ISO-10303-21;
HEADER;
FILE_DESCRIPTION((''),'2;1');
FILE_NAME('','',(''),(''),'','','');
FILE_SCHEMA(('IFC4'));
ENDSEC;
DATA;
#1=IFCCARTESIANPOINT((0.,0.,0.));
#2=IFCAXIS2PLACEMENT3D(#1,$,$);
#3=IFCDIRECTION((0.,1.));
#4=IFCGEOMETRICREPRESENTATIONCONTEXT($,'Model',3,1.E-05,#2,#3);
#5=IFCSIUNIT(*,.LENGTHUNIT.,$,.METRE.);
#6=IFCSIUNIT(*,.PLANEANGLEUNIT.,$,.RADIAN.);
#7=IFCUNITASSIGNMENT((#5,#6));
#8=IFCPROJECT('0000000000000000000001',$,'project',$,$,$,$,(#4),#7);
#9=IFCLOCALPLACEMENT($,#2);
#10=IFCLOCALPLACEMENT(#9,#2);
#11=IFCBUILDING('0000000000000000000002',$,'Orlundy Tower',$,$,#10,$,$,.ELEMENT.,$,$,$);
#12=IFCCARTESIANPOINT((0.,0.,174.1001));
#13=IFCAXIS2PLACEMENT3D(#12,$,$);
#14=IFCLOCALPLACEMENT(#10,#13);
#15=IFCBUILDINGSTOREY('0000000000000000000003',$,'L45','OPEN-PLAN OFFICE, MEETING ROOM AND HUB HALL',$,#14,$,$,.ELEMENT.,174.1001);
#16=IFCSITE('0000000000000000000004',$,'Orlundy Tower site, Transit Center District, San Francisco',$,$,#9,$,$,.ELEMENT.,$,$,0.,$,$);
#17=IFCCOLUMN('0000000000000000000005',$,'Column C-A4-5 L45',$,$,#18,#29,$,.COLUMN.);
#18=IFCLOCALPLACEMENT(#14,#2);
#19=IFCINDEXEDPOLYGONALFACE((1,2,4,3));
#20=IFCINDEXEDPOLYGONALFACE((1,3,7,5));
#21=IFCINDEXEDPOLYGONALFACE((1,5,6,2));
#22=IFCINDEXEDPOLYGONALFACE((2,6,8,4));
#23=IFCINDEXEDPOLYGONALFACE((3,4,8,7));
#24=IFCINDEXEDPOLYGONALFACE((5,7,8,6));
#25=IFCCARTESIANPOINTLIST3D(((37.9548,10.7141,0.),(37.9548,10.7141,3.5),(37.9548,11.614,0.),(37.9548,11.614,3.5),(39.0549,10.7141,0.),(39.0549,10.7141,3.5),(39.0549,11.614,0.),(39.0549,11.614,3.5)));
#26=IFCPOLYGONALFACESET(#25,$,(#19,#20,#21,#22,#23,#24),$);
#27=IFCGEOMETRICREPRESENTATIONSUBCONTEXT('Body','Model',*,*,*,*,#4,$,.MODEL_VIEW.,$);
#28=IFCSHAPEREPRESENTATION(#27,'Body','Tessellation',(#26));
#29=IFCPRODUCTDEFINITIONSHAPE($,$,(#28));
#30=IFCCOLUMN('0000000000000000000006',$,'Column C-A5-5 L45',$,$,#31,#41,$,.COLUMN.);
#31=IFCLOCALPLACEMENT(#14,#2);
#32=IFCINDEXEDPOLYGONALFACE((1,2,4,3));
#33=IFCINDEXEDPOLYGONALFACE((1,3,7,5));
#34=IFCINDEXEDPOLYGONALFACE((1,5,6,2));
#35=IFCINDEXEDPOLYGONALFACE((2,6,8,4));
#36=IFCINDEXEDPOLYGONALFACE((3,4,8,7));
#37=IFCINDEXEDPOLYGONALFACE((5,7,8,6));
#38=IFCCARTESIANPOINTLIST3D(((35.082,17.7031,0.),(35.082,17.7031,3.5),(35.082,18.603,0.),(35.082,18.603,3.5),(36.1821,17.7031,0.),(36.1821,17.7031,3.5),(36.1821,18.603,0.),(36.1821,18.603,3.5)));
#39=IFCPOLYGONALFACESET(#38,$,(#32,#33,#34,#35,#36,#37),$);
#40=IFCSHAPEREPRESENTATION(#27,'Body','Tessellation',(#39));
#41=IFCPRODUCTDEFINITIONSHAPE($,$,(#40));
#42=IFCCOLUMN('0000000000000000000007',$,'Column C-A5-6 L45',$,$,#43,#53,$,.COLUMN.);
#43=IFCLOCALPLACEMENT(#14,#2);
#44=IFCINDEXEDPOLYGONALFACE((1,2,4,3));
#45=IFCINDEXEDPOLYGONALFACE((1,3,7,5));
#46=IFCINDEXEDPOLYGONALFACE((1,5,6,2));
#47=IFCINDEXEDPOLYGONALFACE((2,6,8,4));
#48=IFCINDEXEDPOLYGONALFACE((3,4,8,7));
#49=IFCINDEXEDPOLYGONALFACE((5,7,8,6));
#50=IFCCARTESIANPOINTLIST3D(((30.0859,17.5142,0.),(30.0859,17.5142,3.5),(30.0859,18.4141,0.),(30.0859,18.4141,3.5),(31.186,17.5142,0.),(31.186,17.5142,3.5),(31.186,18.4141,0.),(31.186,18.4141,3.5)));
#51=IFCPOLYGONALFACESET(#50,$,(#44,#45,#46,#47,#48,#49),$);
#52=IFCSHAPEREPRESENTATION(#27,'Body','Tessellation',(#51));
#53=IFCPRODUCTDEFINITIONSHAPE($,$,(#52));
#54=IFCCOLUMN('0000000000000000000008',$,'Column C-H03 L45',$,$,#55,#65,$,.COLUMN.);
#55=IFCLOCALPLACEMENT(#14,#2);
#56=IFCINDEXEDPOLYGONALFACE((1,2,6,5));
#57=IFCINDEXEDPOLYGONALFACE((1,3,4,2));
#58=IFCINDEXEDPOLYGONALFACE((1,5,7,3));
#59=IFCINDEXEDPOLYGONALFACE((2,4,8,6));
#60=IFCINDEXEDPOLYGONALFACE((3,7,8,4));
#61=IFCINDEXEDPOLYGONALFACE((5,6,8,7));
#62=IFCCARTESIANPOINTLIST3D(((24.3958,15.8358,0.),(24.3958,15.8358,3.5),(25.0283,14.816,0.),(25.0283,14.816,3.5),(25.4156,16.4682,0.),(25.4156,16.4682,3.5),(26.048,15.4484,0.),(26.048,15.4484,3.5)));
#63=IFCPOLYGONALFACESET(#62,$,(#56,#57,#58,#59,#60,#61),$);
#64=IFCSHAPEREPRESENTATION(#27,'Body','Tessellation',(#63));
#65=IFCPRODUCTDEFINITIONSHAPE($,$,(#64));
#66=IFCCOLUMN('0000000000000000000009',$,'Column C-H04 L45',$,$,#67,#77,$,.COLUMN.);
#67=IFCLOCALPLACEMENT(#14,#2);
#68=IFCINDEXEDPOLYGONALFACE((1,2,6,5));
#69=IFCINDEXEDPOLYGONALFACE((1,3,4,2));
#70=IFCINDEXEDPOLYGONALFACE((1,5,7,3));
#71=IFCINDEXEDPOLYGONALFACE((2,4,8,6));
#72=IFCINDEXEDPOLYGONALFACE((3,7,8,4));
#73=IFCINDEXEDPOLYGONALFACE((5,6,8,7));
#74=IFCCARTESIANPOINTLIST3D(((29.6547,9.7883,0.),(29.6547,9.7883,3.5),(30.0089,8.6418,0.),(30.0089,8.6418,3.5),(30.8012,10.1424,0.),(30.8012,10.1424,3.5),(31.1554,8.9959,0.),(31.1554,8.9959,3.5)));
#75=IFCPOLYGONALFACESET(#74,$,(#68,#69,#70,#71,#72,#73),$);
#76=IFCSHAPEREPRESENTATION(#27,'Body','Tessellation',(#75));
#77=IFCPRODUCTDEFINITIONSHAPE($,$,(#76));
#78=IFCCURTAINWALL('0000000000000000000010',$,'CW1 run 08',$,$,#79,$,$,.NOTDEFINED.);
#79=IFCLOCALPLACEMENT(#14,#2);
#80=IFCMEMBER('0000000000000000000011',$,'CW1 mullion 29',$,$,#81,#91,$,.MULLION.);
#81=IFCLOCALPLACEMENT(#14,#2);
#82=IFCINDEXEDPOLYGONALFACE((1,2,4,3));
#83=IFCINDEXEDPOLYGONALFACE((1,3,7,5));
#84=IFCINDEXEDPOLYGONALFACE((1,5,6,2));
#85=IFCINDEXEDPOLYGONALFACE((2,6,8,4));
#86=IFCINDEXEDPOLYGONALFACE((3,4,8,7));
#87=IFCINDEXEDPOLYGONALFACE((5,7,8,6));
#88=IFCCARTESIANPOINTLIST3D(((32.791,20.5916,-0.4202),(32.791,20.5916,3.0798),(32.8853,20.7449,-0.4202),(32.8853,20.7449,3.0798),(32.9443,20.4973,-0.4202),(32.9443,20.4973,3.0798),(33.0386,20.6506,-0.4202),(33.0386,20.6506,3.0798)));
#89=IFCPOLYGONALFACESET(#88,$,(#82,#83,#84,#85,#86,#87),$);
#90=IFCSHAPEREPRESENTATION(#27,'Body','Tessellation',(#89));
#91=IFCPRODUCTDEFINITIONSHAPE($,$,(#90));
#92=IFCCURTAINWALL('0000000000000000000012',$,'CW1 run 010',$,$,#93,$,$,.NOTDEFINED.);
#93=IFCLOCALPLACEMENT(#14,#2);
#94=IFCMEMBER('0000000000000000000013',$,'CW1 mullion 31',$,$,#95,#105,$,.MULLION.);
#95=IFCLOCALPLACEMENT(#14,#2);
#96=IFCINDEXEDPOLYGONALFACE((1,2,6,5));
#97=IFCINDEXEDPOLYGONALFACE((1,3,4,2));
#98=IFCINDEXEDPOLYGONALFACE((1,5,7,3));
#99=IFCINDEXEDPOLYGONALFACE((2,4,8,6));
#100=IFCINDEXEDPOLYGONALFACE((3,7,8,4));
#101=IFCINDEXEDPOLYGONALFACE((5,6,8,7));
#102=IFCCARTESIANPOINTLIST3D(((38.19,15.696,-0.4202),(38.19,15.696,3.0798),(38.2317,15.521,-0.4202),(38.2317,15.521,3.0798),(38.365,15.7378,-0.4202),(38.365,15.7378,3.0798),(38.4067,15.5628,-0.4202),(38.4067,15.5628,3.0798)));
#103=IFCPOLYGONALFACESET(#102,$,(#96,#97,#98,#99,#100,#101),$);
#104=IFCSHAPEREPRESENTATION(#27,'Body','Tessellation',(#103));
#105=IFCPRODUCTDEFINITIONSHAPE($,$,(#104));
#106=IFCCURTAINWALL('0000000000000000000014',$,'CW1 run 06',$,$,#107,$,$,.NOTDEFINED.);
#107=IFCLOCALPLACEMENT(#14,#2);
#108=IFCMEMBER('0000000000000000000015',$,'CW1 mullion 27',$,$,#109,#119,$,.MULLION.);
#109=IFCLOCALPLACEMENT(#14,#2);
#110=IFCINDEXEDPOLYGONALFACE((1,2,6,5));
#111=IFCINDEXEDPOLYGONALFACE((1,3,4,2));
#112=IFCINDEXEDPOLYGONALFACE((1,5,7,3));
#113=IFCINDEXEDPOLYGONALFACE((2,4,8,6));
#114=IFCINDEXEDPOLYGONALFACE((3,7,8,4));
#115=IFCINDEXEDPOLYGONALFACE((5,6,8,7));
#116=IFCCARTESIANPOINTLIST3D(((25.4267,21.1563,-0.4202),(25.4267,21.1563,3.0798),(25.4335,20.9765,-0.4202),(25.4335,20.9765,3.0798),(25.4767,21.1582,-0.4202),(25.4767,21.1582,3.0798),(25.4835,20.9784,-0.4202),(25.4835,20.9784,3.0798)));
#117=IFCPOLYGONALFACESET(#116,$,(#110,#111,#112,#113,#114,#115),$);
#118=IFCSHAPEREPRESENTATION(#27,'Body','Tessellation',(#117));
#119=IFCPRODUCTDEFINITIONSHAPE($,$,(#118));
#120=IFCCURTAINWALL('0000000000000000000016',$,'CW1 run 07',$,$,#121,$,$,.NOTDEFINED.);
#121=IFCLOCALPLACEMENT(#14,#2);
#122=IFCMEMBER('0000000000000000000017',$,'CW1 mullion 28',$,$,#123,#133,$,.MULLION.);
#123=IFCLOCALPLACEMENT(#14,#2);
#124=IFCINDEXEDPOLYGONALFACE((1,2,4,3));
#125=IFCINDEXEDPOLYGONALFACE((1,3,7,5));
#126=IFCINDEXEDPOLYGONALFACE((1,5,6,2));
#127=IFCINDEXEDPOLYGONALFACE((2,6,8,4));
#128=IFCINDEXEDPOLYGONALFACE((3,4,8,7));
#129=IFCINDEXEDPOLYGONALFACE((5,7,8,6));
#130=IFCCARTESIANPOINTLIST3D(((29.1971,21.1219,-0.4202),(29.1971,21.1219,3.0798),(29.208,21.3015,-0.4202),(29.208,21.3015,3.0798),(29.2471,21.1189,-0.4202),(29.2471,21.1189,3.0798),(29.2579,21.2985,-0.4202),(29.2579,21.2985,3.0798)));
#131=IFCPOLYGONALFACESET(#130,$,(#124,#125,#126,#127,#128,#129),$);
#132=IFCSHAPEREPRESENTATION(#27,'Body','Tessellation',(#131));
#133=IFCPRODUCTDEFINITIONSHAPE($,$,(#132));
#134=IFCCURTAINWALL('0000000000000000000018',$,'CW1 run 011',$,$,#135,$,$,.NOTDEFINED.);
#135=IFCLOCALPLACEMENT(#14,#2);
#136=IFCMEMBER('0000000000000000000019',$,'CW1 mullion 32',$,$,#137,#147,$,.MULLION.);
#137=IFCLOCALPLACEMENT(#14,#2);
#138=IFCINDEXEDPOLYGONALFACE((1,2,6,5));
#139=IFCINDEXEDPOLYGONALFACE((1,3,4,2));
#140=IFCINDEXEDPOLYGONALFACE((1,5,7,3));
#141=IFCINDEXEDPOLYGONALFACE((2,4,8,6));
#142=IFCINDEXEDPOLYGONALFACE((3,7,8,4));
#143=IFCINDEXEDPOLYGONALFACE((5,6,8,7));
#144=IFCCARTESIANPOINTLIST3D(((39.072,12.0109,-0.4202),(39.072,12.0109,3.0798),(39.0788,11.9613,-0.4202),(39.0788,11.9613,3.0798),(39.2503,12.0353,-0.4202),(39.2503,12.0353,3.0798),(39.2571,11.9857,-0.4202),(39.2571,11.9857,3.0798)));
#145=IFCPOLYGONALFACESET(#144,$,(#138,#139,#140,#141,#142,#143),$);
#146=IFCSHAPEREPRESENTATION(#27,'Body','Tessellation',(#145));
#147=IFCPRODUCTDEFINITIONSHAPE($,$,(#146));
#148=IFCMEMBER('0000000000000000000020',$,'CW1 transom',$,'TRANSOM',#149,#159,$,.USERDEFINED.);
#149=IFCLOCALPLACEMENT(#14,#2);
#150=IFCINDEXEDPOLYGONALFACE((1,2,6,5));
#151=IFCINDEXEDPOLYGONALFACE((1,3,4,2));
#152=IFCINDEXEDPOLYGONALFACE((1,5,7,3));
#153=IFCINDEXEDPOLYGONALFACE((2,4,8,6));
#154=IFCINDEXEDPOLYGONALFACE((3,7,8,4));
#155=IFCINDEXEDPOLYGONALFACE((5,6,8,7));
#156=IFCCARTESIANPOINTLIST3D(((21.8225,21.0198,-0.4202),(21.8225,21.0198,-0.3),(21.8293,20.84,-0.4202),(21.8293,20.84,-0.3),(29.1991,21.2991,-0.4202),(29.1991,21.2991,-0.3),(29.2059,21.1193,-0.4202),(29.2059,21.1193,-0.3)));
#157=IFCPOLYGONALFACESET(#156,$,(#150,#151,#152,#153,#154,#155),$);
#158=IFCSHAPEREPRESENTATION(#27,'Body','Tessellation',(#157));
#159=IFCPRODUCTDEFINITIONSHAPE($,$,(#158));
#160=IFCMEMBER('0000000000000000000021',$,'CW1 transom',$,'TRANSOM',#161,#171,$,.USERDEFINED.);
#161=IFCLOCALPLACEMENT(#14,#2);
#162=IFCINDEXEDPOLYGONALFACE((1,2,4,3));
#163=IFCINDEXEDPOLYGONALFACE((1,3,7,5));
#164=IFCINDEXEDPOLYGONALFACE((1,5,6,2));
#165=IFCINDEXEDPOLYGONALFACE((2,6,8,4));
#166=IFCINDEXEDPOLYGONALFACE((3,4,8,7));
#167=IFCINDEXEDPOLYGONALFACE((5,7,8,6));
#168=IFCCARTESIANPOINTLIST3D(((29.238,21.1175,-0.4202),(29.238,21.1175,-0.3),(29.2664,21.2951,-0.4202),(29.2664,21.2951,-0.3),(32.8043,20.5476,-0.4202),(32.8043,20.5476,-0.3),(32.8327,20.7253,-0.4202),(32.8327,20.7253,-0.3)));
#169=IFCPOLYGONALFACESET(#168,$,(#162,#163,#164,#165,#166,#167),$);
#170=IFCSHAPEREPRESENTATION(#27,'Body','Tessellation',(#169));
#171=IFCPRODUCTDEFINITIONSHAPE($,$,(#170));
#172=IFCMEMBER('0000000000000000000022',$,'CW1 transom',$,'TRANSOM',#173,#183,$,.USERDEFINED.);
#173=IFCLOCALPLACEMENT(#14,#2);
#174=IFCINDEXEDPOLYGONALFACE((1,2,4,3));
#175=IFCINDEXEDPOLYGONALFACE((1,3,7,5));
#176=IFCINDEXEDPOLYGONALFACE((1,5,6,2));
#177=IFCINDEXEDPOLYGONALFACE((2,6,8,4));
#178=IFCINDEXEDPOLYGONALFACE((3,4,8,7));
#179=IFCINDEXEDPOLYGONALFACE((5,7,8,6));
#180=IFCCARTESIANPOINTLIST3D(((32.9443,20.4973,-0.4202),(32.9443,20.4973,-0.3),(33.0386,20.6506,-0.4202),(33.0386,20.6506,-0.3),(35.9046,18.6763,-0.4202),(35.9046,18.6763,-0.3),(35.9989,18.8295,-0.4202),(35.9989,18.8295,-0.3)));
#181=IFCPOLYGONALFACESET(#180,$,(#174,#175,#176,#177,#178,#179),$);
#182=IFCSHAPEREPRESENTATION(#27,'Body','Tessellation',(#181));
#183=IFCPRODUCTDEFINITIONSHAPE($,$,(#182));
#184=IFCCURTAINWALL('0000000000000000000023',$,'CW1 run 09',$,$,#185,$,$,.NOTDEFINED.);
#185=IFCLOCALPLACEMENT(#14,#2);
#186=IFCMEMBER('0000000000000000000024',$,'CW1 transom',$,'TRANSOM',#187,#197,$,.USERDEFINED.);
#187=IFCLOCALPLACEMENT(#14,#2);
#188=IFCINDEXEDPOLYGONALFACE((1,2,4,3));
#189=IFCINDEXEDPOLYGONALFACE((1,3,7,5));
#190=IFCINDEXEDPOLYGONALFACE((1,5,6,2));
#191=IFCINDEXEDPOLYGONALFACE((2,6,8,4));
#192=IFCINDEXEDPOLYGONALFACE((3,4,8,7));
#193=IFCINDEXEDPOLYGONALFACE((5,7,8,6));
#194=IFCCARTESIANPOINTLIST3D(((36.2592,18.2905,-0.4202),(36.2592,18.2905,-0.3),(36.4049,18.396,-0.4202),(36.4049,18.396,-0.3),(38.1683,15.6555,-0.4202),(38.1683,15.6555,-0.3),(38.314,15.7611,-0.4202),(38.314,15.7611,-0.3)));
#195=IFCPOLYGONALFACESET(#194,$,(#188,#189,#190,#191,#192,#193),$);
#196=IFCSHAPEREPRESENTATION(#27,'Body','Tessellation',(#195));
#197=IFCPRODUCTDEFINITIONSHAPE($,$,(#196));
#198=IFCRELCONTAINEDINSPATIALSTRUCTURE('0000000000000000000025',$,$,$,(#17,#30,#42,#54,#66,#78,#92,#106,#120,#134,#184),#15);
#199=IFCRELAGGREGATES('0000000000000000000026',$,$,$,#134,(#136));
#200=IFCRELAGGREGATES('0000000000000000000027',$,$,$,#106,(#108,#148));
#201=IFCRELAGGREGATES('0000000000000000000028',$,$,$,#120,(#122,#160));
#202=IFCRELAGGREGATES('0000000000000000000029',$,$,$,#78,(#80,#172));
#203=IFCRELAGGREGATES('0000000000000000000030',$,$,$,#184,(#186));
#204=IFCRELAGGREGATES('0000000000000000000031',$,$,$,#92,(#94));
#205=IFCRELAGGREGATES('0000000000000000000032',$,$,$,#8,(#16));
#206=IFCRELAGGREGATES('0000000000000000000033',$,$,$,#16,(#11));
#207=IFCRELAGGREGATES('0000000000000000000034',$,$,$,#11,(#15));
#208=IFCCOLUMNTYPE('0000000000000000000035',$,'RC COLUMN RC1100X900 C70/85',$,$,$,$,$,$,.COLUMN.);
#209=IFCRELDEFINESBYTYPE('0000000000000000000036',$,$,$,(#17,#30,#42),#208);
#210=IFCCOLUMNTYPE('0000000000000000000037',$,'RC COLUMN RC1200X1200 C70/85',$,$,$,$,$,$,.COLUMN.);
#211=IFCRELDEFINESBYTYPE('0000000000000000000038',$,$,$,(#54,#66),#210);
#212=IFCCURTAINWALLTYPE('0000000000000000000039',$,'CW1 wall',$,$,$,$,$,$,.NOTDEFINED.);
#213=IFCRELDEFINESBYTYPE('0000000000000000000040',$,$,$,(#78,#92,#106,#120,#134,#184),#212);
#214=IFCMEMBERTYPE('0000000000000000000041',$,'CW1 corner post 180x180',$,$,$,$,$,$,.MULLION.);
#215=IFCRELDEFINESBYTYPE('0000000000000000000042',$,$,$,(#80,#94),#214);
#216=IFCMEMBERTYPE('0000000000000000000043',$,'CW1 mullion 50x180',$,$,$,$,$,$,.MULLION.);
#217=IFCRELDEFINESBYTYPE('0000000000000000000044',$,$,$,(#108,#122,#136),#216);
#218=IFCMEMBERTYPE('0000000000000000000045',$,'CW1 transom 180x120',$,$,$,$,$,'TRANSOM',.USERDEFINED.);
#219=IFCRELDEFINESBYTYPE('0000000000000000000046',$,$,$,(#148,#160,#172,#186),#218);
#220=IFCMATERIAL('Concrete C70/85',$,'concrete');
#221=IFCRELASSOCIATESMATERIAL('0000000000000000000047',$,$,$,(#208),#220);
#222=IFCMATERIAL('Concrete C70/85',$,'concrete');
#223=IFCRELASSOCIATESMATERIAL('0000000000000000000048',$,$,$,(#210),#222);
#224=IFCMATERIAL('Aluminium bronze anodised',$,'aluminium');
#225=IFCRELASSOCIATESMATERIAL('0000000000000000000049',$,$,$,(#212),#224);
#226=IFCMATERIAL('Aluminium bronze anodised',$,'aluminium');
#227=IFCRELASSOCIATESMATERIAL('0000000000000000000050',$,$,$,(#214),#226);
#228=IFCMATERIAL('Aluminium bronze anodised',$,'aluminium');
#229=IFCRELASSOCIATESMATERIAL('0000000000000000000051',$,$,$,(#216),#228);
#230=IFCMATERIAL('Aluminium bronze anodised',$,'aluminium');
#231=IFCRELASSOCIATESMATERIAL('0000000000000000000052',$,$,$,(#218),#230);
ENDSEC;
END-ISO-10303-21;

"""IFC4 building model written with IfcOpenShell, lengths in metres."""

from ifc_helpers import new_model, si_unit, direction, frame, origin, origin_2d, place, context, subcontext, project, spatial, rectangle, extrude, material, material_profile, profile_set, type_object, element, aggregate, save


model = new_model("IFC4")

# Units and contexts
model_context = context("Model", 3, precision=1e-05, world=origin(), true_north=direction((0.0, 1.0)))
body_context = subcontext(model_context, "Body", "Model", "MODEL_VIEW")
ifc_project = project(units=[si_unit("LENGTHUNIT", "METRE"), si_unit("PLANEANGLEUNIT", "RADIAN")], contexts=[model_context])

# Site, building, storey
site_placement = place(None, origin())
site = spatial("IfcSite", under=ifc_project, at=site_placement, Name="Orlundy Tower site, Transit Center District, San Francisco", CompositionType="ELEMENT", RefElevation=0.0)
building_placement = place(site_placement, origin())
building = spatial("IfcBuilding", under=site, at=building_placement, Name="Orlundy Tower", CompositionType="ELEMENT")
storey_placement = place(building_placement, frame((0.0, 0.0, 174.1001)))
storey = spatial("IfcBuildingStorey", under=building, at=storey_placement, Name="L45", Description="OPEN-PLAN OFFICE, MEETING ROOM AND HUB HALL", CompositionType="ELEMENT", Elevation=174.1001)

# Columns
ifc_material_1 = material(Name="Concrete C70/85", Category="concrete")
ifc_material_profile_1 = material_profile(ifc_material_1, rectangle(XDim=1.1001, YDim=0.8999, at=origin_2d()), Name="RC1100X900")
ifc_profile_set_1 = profile_set([ifc_material_profile_1], Name="Concrete C70/85")
column_type_1 = type_object("IfcColumnType", Name="RC COLUMN RC1100X900 C70/85", PredefinedType="COLUMN", material=ifc_profile_set_1)
for number, where, z_axis, x_axis, name in (
    (1, (38.5049, 11.1641, 0.0), (0.0, 0.0, 1.0), (1.0, 0.0, 0.0), "Column C-A4-5 L45"),
    (2, (35.6321, 18.1531, 0.0), (0.0, 0.0, 1.0), (1.0, 0.0, 0.0), "Column C-A5-5 L45"),
    (3, (30.636, 17.9641, 0.0), (0.0, 0.0, 1.0), (1.0, 0.0, 0.0), "Column C-A5-6 L45"),
):
    element("IfcColumn", number, at=place(storey_placement, frame(where, z_axis=z_axis, x_axis=x_axis)), inside=storey, type_object=column_type_1, Name=name, PredefinedType="COLUMN", context=body_context, shape_type="SweptSolid", body=[
        extrude(rectangle(XDim=1.1001, YDim=0.8999, at=origin_2d()), origin(), (0.0, 0.0, 1.0), 3.5),
    ])
ifc_material_2 = material(Name="Concrete C70/85", Category="concrete")
ifc_material_profile_2 = material_profile(ifc_material_2, rectangle(XDim=1.2, YDim=1.2, at=origin_2d()), Name="RC1200X1200")
ifc_profile_set_2 = profile_set([ifc_material_profile_2], Name="Concrete C70/85")
column_type_2 = type_object("IfcColumnType", Name="RC COLUMN RC1200X1200 C70/85", PredefinedType="COLUMN", material=ifc_profile_set_2)
for number, where, z_axis, x_axis, name in (
    (4, (25.2219, 15.6421, 0.0), (0.0, 0.0, 1.0), (0.849838, 0.527045, 0.0), "Column C-H03 L45"),
    (5, (30.405, 9.3921, 0.0), (0.0, 0.0, 1.0), (0.955454, 0.295141, 0.0), "Column C-H04 L45"),
):
    element("IfcColumn", number, at=place(storey_placement, frame(where, z_axis=z_axis, x_axis=x_axis)), inside=storey, type_object=column_type_2, Name=name, PredefinedType="COLUMN", context=body_context, shape_type="SweptSolid", body=[
        extrude(rectangle(XDim=1.2, YDim=1.2, at=origin_2d()), origin(), (0.0, 0.0, 1.0), 3.5),
    ])

# Curtain walls, members
ifc_material_3 = material(Name="Aluminium bronze anodised", Category="aluminium")
curtain_wall_type = type_object("IfcCurtainWallType", Name="CW1 wall", PredefinedType="NOTDEFINED", material=ifc_material_3)
curtain_wall_1_placement = place(storey_placement, origin())
curtain_wall_1 = element("IfcCurtainWall", 6, at=curtain_wall_1_placement, inside=storey, type_object=curtain_wall_type, Name="CW1 run 08", PredefinedType="NOTDEFINED")
ifc_material_4 = material(Name="Aluminium bronze anodised", Category="aluminium")
ifc_material_profile_3 = material_profile(ifc_material_4, rectangle(XDim=0.1799, YDim=0.1799, at=origin_2d()), Name="CW1 corner post 180x180")
ifc_profile_set_3 = profile_set([ifc_material_profile_3], Name="Aluminium bronze anodised")
member_type_1 = type_object("IfcMemberType", Name="CW1 corner post 180x180", PredefinedType="MULLION", material=ifc_profile_set_3)
member_1_placement = place(storey_placement, frame((32.9148, 20.6211, -0.4202), z_axis=(0.0, 0.0, 1.0), x_axis=(0.523947, 0.851751, 0.0)))
member_1 = element("IfcMember", 7, at=member_1_placement, type_object=member_type_1, Name="CW1 mullion 29", PredefinedType="MULLION", context=body_context, shape_type="SweptSolid", body=[
    extrude(rectangle(XDim=0.1799, YDim=0.1799, at=origin_2d()), origin(), (0.0, 0.0, 1.0), 3.5),
])
curtain_wall_2_placement = place(storey_placement, origin())
curtain_wall_2 = element("IfcCurtainWall", 8, at=curtain_wall_2_placement, inside=storey, type_object=curtain_wall_type, Name="CW1 run 010", PredefinedType="NOTDEFINED")
member_2_placement = place(storey_placement, frame((38.2983, 15.6294, -0.4202), z_axis=(0.0, 0.0, 1.0), x_axis=(0.972705, 0.232046, 0.0)))
member_2 = element("IfcMember", 9, at=member_2_placement, type_object=member_type_1, Name="CW1 mullion 31", PredefinedType="MULLION", context=body_context, shape_type="SweptSolid", body=[
    extrude(rectangle(XDim=0.1799, YDim=0.1799, at=origin_2d()), origin(), (0.0, 0.0, 1.0), 3.5),
])
curtain_wall_3_placement = place(storey_placement, origin())
curtain_wall_3 = element("IfcCurtainWall", 10, at=curtain_wall_3_placement, inside=storey, type_object=curtain_wall_type, Name="CW1 run 06", PredefinedType="NOTDEFINED")
ifc_material_5 = material(Name="Aluminium bronze anodised", Category="aluminium")
ifc_material_profile_4 = material_profile(ifc_material_5, rectangle(XDim=0.1799, YDim=0.05, at=origin_2d()), Name="CW1 mullion 50x180")
ifc_profile_set_4 = profile_set([ifc_material_profile_4], Name="Aluminium bronze anodised")
member_type_2 = type_object("IfcMemberType", Name="CW1 mullion 50x180", PredefinedType="MULLION", material=ifc_profile_set_4)
member_3_placement = place(storey_placement, frame((25.4551, 21.0674, -0.4202), z_axis=(0.0, 0.0, 1.0), x_axis=(-0.037837, 0.999284, 0.0)))
member_3 = element("IfcMember", 11, at=member_3_placement, type_object=member_type_2, Name="CW1 mullion 27", PredefinedType="MULLION", context=body_context, shape_type="SweptSolid", body=[
    extrude(rectangle(XDim=0.1799, YDim=0.05, at=origin_2d()), origin(), (0.0, 0.0, 1.0), 3.5),
])
curtain_wall_4_placement = place(storey_placement, origin())
curtain_wall_4 = element("IfcCurtainWall", 12, at=curtain_wall_4_placement, inside=storey, type_object=curtain_wall_type, Name="CW1 run 07", PredefinedType="NOTDEFINED")
member_4_placement = place(storey_placement, frame((29.2275, 21.2102, -0.4202), z_axis=(0.0, 0.0, 1.0), x_axis=(0.060267, 0.998182, 0.0)))
member_4 = element("IfcMember", 13, at=member_4_placement, type_object=member_type_2, Name="CW1 mullion 28", PredefinedType="MULLION", context=body_context, shape_type="SweptSolid", body=[
    extrude(rectangle(XDim=0.1799, YDim=0.05, at=origin_2d()), origin(), (0.0, 0.0, 1.0), 3.5),
])
curtain_wall_5_placement = place(storey_placement, origin())
curtain_wall_5 = element("IfcCurtainWall", 14, at=curtain_wall_5_placement, inside=storey, type_object=curtain_wall_type, Name="CW1 run 011", PredefinedType="NOTDEFINED")
member_5_placement = place(storey_placement, frame((39.1646, 11.9983, -0.4202), z_axis=(0.0, 0.0, 1.0), x_axis=(0.990766, 0.135581, 0.0)))
member_5 = element("IfcMember", 15, at=member_5_placement, type_object=member_type_2, Name="CW1 mullion 32", PredefinedType="MULLION", context=body_context, shape_type="SweptSolid", body=[
    extrude(rectangle(XDim=0.1799, YDim=0.05, at=origin_2d()), origin(), (0.0, 0.0, 1.0), 3.5),
])

# Members
ifc_material_6 = material(Name="Aluminium bronze anodised", Category="aluminium")
ifc_material_profile_5 = material_profile(ifc_material_6, rectangle(XDim=0.1799, YDim=0.1201, at=origin_2d()), Name="CW1 transom 180x120")
ifc_profile_set_5 = profile_set([ifc_material_profile_5], Name="Aluminium bronze anodised")
member_type_3 = type_object("IfcMemberType", Name="CW1 transom 180x120", ElementType="TRANSOM", PredefinedType="USERDEFINED", material=ifc_profile_set_5)
member_6_placement = place(storey_placement, frame((21.8259, 20.9299, -0.3601), z_axis=(0.999284, 0.037836, 0.0), x_axis=(-0.037836, 0.999284, 0.0)))
member_6 = element("IfcMember", 16, at=member_6_placement, type_object=member_type_3, Name="CW1 transom", ObjectType="TRANSOM", PredefinedType="USERDEFINED", context=body_context, shape_type="SweptSolid", body=[
    extrude(rectangle(XDim=0.1799, YDim=0.1201, at=origin_2d()), origin(), (0.0, 0.0, 1.0), 7.3818),
])
member_7_placement = place(storey_placement, frame((29.2522, 21.2063, -0.3601), z_axis=(0.987475, -0.157774, 0.0), x_axis=(0.157774, 0.987475, 0.0)))
member_7 = element("IfcMember", 17, at=member_7_placement, type_object=member_type_3, Name="CW1 transom", ObjectType="TRANSOM", PredefinedType="USERDEFINED", context=body_context, shape_type="SweptSolid", body=[
    extrude(rectangle(XDim=0.1799, YDim=0.1201, at=origin_2d()), origin(), (0.0, 0.0, 1.0), 3.6116),
])
member_8_placement = place(storey_placement, frame((32.9915, 20.574, -0.3601), z_axis=(0.851738, -0.523968, 0.0), x_axis=(0.523968, 0.851738, 0.0)))
member_8 = element("IfcMember", 18, at=member_8_placement, type_object=member_type_3, Name="CW1 transom", ObjectType="TRANSOM", PredefinedType="USERDEFINED", context=body_context, shape_type="SweptSolid", body=[
    extrude(rectangle(XDim=0.1799, YDim=0.1201, at=origin_2d()), origin(), (0.0, 0.0, 1.0), 3.4756),
])

# Curtain wall, member
curtain_wall_6_placement = place(storey_placement, origin())
curtain_wall_6 = element("IfcCurtainWall", 19, at=curtain_wall_6_placement, inside=storey, type_object=curtain_wall_type, Name="CW1 run 09", PredefinedType="NOTDEFINED")
member_9_placement = place(storey_placement, frame((36.332, 18.3433, -0.3601), z_axis=(0.586725, -0.809786, 0.0), x_axis=(0.809786, 0.586725, 0.0)))
member_9 = element("IfcMember", 20, at=member_9_placement, type_object=member_type_3, Name="CW1 transom", ObjectType="TRANSOM", PredefinedType="USERDEFINED", context=body_context, shape_type="SweptSolid", body=[
    extrude(rectangle(XDim=0.1799, YDim=0.1201, at=origin_2d()), origin(), (0.0, 0.0, 1.0), 3.2539),
])

aggregate(curtain_wall_5, [member_5])

aggregate(curtain_wall_3, [member_3, member_6])
aggregate(curtain_wall_4, [member_4, member_7])
aggregate(curtain_wall_1, [member_1, member_8])
aggregate(curtain_wall_6, [member_9])
aggregate(curtain_wall_2, [member_2])

save(model, "model.ifc")
